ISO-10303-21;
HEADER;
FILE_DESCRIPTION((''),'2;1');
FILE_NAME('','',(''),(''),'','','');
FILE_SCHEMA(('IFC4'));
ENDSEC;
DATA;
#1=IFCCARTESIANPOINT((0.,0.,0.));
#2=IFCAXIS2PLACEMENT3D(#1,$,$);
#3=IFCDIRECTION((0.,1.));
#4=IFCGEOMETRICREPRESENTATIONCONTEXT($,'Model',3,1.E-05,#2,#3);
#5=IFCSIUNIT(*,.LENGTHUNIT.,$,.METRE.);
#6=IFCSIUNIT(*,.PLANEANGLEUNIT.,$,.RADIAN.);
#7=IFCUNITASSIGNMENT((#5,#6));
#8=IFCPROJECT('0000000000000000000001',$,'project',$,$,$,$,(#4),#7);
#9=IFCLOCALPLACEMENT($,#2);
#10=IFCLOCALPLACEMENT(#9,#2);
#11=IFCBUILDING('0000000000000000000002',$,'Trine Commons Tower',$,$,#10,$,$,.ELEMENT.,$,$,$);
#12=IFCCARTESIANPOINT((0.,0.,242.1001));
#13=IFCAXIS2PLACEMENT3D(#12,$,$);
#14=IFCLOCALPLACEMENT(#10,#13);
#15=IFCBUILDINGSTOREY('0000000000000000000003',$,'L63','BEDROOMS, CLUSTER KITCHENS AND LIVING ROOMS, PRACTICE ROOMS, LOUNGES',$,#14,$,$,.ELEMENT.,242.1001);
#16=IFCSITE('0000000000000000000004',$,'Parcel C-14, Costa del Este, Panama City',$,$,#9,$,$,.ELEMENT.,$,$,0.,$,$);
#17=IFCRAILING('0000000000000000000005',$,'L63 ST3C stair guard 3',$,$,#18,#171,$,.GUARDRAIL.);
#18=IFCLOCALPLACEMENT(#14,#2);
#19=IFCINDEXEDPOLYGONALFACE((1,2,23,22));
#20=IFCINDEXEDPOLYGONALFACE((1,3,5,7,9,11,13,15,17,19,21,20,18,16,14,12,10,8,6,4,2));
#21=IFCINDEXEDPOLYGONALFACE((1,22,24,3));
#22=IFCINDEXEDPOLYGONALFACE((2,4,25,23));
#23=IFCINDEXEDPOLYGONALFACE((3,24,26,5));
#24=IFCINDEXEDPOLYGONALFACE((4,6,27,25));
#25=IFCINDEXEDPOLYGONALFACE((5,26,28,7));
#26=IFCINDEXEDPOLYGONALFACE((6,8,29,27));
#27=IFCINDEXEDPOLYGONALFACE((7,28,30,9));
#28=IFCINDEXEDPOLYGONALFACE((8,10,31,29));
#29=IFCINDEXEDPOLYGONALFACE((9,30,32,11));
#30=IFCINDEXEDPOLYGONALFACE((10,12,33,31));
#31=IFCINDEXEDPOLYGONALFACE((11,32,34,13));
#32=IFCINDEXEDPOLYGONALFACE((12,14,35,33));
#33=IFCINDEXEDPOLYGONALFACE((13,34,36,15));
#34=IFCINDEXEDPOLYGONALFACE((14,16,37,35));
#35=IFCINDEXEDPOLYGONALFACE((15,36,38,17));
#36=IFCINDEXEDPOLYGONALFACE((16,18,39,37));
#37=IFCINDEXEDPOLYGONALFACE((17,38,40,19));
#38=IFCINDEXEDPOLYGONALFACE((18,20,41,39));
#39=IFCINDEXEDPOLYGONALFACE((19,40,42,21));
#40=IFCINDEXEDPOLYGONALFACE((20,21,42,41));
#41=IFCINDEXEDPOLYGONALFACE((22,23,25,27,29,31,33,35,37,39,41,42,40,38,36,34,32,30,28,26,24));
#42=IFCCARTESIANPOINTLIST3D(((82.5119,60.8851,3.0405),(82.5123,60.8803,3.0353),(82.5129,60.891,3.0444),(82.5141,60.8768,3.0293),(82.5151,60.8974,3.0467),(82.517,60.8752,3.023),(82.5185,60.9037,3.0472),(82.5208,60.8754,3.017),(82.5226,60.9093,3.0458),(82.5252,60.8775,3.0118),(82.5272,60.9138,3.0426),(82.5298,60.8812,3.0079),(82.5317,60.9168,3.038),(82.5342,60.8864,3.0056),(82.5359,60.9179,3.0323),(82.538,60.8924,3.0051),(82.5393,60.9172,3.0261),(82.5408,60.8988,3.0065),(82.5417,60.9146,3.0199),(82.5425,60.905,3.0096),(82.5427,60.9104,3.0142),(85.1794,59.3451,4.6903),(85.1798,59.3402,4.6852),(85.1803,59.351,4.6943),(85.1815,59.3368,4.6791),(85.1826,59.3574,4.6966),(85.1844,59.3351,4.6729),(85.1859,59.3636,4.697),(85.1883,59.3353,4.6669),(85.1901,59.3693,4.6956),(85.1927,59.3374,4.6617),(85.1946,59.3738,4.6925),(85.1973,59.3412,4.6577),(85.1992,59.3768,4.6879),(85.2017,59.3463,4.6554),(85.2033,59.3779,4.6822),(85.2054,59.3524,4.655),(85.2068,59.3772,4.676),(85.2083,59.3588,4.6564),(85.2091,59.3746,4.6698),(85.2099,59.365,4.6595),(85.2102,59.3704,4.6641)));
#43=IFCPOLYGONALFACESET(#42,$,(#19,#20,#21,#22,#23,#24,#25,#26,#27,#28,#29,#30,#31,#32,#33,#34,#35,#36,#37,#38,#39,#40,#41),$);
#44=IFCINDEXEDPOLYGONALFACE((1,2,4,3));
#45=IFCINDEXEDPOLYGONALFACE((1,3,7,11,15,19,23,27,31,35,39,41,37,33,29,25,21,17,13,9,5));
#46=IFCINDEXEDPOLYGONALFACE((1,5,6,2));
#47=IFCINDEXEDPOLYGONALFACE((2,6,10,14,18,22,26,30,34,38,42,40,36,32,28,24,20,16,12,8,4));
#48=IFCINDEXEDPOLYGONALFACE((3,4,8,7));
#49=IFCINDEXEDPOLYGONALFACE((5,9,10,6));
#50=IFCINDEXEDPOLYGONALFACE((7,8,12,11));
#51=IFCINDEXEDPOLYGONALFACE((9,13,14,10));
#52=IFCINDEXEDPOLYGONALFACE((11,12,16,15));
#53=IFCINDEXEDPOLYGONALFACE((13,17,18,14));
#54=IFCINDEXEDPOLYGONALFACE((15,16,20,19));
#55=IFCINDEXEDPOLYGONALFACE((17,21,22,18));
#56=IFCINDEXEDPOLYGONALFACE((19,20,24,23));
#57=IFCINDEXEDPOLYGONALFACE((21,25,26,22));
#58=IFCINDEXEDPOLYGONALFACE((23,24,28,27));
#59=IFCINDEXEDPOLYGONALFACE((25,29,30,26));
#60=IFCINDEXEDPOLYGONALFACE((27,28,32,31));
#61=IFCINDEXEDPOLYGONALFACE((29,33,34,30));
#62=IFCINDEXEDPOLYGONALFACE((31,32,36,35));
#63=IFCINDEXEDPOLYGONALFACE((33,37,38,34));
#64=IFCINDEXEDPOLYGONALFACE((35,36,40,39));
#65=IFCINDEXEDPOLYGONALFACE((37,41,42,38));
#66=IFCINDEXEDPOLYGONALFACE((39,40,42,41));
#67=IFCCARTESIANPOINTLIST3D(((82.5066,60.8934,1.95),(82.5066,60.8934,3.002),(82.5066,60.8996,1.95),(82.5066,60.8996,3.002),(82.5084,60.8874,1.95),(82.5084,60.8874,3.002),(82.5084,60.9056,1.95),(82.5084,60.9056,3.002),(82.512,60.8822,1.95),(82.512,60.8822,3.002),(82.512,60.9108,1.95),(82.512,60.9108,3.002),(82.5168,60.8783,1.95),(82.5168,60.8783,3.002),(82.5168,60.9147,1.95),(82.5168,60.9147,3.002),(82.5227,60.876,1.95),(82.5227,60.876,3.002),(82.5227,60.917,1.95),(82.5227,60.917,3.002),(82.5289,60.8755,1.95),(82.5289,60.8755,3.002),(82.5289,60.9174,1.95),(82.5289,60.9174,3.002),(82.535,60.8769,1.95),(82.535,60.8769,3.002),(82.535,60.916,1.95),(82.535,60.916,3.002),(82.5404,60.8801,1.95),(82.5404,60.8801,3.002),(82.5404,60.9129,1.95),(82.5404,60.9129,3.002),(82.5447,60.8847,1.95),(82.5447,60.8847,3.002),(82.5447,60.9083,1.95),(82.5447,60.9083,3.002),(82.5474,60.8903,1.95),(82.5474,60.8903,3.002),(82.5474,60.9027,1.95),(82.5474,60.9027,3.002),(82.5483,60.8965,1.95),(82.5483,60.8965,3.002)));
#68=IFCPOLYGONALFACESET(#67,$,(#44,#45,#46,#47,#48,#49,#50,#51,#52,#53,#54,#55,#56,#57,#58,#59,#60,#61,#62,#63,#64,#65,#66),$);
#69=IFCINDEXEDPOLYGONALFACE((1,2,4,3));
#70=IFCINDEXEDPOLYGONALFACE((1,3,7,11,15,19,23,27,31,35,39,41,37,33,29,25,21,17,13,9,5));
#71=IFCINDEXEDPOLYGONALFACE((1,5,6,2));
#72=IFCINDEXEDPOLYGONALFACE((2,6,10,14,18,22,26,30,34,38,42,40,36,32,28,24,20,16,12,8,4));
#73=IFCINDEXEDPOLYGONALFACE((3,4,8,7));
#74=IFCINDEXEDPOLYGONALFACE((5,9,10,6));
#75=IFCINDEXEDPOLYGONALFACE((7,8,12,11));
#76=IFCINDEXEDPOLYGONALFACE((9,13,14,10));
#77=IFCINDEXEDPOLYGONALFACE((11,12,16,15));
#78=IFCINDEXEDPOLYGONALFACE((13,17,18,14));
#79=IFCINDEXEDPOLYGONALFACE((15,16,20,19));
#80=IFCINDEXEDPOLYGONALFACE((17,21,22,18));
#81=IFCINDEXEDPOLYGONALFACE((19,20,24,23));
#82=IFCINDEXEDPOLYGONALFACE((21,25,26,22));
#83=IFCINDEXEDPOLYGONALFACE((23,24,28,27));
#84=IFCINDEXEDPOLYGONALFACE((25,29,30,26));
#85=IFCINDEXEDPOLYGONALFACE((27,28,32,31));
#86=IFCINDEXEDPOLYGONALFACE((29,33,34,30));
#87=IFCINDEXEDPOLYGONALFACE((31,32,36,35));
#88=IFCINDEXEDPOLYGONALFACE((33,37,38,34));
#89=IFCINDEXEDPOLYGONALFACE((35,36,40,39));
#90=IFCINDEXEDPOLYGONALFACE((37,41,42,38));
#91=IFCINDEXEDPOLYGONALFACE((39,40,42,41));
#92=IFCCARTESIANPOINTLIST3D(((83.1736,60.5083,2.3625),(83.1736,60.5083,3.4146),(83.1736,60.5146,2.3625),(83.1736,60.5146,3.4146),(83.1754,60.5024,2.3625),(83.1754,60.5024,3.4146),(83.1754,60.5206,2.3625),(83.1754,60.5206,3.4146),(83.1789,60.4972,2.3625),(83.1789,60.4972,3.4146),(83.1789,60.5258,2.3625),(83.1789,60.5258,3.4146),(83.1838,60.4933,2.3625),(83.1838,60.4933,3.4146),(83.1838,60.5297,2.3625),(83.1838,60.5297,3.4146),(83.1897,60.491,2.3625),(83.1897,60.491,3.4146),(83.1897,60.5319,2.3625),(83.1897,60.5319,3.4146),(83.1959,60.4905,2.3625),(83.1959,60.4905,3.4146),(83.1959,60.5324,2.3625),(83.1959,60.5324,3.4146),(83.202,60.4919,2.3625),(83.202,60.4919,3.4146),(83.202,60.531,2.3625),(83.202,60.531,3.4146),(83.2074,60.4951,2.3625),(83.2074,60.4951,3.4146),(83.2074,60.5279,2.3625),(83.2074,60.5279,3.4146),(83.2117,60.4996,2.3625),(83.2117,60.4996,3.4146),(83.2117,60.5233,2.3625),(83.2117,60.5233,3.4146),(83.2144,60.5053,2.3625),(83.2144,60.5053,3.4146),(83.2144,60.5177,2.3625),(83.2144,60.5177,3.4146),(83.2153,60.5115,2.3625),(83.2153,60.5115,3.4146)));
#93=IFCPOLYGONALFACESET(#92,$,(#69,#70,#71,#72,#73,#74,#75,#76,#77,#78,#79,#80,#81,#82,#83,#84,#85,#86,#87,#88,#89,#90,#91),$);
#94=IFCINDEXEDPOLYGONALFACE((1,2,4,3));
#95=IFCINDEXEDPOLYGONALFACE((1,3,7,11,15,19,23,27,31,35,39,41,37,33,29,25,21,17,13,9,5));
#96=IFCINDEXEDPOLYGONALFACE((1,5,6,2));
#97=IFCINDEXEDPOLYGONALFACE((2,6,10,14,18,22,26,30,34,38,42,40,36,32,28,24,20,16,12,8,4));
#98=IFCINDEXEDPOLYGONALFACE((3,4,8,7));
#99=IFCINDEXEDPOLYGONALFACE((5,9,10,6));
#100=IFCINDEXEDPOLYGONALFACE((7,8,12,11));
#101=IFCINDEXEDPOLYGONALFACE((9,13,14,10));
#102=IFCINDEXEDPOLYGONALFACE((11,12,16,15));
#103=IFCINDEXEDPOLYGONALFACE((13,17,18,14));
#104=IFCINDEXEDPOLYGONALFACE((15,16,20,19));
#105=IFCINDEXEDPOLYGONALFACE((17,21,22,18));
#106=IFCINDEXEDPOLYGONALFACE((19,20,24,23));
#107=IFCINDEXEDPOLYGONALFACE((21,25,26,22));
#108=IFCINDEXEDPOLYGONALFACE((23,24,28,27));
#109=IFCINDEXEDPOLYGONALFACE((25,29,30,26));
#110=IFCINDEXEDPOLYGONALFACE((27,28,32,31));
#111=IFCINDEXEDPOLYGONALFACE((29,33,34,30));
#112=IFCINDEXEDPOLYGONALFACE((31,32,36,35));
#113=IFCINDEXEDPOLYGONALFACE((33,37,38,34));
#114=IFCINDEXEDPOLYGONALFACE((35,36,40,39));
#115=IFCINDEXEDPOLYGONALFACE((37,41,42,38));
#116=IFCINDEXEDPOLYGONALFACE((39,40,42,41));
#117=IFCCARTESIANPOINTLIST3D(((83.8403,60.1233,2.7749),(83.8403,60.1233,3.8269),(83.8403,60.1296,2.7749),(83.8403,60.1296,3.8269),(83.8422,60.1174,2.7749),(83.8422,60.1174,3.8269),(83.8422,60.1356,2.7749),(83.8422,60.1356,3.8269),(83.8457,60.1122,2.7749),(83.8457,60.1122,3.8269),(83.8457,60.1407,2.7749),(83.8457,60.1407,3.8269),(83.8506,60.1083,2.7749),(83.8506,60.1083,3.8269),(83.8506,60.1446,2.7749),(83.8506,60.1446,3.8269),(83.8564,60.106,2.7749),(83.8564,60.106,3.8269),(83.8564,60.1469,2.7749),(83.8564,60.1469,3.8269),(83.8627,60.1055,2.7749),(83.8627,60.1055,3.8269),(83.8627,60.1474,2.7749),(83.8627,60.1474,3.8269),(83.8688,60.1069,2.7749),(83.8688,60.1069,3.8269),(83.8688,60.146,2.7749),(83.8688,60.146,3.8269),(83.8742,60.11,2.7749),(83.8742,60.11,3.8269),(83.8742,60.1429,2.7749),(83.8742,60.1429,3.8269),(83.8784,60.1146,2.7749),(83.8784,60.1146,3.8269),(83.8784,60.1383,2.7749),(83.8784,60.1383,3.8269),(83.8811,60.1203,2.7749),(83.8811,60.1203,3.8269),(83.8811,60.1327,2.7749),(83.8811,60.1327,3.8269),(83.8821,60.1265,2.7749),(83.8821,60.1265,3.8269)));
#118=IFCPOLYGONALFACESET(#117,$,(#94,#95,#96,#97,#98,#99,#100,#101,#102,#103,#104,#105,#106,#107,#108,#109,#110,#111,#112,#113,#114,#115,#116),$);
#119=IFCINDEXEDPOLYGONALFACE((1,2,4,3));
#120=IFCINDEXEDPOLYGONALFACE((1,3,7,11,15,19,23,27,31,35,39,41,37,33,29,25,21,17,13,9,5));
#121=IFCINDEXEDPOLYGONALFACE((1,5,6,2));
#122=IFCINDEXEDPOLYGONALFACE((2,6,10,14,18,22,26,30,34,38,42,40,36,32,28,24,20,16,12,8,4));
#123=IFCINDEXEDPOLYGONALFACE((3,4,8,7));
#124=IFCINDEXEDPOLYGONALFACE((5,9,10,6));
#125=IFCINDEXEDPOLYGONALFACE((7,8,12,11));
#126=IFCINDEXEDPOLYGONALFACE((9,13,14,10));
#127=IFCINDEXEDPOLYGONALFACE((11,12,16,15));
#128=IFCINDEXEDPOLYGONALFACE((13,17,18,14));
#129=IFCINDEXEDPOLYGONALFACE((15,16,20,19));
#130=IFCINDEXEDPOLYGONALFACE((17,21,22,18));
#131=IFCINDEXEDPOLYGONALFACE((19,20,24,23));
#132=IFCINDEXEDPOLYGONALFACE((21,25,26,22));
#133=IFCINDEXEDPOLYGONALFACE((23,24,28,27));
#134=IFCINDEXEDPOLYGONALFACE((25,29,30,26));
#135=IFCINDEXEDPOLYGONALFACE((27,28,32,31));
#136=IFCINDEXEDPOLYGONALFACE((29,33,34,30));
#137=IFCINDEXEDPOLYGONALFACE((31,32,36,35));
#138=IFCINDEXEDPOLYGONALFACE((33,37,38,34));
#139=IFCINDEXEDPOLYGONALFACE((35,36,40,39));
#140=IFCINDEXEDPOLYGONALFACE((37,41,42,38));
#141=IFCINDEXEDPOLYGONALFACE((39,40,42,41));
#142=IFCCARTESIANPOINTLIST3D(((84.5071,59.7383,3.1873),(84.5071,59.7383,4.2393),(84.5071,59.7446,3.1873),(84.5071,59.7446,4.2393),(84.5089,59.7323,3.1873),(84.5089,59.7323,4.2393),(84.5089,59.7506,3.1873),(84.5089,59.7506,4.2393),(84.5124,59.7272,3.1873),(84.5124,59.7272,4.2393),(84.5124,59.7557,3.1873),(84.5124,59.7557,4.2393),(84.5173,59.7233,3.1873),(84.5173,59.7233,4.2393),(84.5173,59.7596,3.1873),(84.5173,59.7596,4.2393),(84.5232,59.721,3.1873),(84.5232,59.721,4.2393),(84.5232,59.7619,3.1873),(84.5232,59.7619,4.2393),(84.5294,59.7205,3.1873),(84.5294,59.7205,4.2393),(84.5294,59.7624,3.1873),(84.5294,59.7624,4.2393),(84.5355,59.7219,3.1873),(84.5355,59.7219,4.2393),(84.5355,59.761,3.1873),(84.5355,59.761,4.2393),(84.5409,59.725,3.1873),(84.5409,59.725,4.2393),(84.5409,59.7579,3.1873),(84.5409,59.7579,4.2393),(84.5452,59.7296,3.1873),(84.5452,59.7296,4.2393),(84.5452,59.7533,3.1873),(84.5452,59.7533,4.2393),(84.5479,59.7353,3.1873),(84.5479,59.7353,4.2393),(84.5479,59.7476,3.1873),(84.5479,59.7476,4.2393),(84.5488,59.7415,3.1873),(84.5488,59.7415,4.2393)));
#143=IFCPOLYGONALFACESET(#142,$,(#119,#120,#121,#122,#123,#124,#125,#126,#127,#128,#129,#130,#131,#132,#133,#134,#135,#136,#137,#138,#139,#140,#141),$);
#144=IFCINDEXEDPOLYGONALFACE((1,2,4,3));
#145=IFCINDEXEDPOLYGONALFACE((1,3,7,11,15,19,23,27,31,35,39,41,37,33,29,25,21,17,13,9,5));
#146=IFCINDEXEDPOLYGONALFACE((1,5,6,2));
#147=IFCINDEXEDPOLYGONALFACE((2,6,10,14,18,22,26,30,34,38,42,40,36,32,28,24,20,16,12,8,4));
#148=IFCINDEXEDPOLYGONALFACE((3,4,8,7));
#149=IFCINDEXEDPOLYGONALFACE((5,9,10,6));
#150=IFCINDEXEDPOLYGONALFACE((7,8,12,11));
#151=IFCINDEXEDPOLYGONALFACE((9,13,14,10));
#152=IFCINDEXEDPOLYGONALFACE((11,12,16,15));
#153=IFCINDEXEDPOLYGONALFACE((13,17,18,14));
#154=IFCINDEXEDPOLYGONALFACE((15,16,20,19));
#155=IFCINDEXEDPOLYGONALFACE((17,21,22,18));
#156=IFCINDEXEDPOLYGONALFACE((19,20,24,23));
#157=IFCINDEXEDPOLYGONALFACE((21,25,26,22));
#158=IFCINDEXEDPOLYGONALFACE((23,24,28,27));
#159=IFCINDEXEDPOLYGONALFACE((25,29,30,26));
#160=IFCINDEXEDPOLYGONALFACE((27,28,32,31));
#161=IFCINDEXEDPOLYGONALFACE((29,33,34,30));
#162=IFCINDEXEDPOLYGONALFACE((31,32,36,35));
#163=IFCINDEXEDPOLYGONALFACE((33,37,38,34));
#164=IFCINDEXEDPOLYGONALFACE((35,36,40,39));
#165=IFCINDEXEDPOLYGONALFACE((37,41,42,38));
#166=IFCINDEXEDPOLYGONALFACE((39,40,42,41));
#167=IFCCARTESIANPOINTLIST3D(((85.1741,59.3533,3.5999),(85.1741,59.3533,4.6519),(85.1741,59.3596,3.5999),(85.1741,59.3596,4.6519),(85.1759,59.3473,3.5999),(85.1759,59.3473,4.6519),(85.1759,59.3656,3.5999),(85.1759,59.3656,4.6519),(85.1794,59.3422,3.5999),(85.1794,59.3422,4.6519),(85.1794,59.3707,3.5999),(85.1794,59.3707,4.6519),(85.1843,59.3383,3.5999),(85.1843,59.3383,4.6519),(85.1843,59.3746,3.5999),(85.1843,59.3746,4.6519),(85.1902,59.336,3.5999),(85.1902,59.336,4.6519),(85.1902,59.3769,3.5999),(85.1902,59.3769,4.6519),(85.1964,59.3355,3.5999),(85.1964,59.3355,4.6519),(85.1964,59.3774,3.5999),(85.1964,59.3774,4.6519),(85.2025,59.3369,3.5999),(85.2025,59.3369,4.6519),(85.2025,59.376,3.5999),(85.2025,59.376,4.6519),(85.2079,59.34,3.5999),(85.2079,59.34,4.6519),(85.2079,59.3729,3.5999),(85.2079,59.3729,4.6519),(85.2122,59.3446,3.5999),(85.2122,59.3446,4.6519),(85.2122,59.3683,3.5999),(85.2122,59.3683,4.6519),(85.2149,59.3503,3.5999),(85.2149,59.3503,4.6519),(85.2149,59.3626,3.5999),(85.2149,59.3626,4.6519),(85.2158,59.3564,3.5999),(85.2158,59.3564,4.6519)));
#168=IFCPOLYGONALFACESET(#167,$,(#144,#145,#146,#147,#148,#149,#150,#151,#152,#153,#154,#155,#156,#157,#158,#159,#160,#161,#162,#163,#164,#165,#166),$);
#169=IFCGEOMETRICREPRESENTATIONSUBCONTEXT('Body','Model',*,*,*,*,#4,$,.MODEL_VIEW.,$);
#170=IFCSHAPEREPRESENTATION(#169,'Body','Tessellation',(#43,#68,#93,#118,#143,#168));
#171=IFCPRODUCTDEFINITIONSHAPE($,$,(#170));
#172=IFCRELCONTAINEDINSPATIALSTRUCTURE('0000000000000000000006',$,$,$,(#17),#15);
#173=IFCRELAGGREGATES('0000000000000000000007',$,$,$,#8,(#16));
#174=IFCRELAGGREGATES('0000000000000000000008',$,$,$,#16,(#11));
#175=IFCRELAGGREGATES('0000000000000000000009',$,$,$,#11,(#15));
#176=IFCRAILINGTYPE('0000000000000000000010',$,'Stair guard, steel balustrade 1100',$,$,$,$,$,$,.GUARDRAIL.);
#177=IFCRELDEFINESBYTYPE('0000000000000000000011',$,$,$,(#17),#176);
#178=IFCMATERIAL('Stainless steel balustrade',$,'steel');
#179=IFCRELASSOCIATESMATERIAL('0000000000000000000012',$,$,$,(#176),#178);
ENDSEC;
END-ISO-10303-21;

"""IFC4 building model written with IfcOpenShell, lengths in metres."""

from ifc_helpers import new_model, si_unit, direction, frame, origin, origin_2d, place, context, subcontext, project, spatial, circle, extrude, material, type_object, element, save


model = new_model("IFC4")

# Units and contexts
model_context = context("Model", 3, precision=1e-05, world=origin(), true_north=direction((0.0, 1.0)))
body_context = subcontext(model_context, "Body", "Model", "MODEL_VIEW")
ifc_project = project(units=[si_unit("LENGTHUNIT", "METRE"), si_unit("PLANEANGLEUNIT", "RADIAN")], contexts=[model_context])

# Site, building, storey
site_placement = place(None, origin())
site = spatial("IfcSite", under=ifc_project, at=site_placement, Name="Parcel C-14, Costa del Este, Panama City", CompositionType="ELEMENT", RefElevation=0.0)
building_placement = place(site_placement, origin())
building = spatial("IfcBuilding", under=site, at=building_placement, Name="Trine Commons Tower", CompositionType="ELEMENT")
storey_placement = place(building_placement, frame((0.0, 0.0, 242.1001)))
storey = spatial("IfcBuildingStorey", under=building, at=storey_placement, Name="L63", Description="BEDROOMS, CLUSTER KITCHENS AND LIVING ROOMS, PRACTICE ROOMS, LOUNGES", CompositionType="ELEMENT", Elevation=242.1001)

# Railing
ifc_material_1 = material(Name="Stainless steel balustrade", Category="steel")
railing_type_1 = type_object("IfcRailingType", Name="Stair guard, steel balustrade 1100", PredefinedType="GUARDRAIL", material=ifc_material_1)
railing_1_placement = place(storey_placement, frame((82.5273, 60.8965, 1.95)))
element("IfcRailing", 1, at=railing_1_placement, inside=storey, type_object=railing_type_1, Name="L63 ST3C stair guard 3", PredefinedType="GUARDRAIL", context=body_context, shape_type="SweptSolid", body=[
    extrude(circle(Radius=0.0239, at=origin_2d()), frame((0.0, 0.0, 1.0762), z_axis=(0.763405, -0.440743, 0.472185), x_axis=(0.499992, 0.86603, 0.0)), (0.0, 0.0, 1.0), 3.4941),
    extrude(circle(Radius=0.021, at=origin_2d()), origin(), (0.0, 0.0, 1.0), 1.052),
    extrude(circle(Radius=0.021, at=origin_2d()), frame((0.667, -0.385, 0.4126)), (0.0, 0.0, 1.0), 1.052),
    extrude(circle(Radius=0.021, at=origin_2d()), frame((1.3337, -0.77, 0.825)), (0.0, 0.0, 1.0), 1.052),
    extrude(circle(Radius=0.021, at=origin_2d()), frame((2.0005, -1.155, 1.2373)), (0.0, 0.0, 1.0), 1.052),
    extrude(circle(Radius=0.021, at=origin_2d()), frame((2.6675, -1.54, 1.6499)), (0.0, 0.0, 1.0), 1.052),
])

save(model, "model.ifc")
